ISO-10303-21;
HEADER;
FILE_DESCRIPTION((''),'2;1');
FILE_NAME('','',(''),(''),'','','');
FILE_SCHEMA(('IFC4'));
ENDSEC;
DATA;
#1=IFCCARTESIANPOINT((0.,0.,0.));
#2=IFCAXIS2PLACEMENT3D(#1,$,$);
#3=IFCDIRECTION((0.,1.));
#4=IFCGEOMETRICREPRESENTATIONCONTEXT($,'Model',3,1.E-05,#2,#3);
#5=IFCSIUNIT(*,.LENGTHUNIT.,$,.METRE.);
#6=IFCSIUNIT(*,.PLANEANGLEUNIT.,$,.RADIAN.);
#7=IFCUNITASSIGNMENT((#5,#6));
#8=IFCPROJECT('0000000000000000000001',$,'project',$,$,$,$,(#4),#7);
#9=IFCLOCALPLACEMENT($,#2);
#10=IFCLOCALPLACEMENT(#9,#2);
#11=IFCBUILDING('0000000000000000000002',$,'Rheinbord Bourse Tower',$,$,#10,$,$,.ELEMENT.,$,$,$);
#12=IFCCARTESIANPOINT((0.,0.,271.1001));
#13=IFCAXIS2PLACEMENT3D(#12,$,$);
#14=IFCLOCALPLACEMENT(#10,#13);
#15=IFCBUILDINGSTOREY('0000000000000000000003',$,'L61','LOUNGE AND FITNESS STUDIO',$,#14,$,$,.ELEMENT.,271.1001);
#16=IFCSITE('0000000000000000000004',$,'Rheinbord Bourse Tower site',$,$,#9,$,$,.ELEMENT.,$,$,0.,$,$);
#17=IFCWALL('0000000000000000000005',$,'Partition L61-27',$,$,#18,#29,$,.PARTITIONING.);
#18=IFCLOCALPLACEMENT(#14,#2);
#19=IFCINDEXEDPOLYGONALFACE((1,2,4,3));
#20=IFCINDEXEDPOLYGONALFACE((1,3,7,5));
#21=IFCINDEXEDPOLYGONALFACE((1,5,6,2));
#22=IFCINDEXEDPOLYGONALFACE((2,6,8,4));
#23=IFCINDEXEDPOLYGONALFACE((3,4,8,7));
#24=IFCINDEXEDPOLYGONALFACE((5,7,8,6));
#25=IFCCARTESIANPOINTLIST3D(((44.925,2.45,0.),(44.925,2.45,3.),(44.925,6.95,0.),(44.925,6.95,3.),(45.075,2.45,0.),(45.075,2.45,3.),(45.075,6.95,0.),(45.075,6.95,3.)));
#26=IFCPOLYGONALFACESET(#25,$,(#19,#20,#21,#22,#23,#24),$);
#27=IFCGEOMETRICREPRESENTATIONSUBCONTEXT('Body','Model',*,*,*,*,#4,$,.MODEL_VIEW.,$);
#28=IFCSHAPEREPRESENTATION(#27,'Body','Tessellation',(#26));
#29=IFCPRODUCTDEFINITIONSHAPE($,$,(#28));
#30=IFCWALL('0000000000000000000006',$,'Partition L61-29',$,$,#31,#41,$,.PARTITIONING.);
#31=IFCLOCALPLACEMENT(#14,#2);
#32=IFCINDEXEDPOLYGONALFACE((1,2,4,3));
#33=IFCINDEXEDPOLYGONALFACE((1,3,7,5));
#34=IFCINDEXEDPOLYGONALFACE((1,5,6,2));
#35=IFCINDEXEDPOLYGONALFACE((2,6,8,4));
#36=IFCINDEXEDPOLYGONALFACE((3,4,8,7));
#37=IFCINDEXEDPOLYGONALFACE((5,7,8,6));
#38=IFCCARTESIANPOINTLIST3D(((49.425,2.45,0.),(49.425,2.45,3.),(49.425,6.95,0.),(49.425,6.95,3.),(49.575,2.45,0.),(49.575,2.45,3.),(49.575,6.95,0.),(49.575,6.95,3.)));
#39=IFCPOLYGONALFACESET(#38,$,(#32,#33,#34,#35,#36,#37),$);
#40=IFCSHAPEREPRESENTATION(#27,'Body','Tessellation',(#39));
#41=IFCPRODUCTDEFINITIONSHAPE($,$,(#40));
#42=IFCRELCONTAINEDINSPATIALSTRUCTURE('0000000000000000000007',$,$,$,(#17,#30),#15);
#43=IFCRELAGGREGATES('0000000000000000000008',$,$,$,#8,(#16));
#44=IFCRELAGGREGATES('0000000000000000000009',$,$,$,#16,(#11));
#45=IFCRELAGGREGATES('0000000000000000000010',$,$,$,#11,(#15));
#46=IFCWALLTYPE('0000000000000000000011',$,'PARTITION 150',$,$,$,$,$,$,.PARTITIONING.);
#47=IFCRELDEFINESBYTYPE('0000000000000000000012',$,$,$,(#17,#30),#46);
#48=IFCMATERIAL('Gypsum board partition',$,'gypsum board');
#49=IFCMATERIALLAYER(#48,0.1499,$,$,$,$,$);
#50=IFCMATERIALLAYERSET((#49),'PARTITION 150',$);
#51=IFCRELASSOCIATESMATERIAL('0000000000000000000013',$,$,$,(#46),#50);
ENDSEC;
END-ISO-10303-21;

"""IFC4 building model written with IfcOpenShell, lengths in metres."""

from ifc_helpers import new_model, si_unit, direction, frame, frame_2d, origin, place, context, subcontext, project, spatial, rectangle, extrude, material, layer, layer_set, type_object, element, save


model = new_model("IFC4")

# Units and contexts
model_context = context("Model", 3, precision=1e-05, world=origin(), true_north=direction((0.0, 1.0)))
body_context = subcontext(model_context, "Body", "Model", "MODEL_VIEW")
ifc_project = project(units=[si_unit("LENGTHUNIT", "METRE"), si_unit("PLANEANGLEUNIT", "RADIAN")], contexts=[model_context])

# Site, building, storey
site_placement = place(None, origin())
site = spatial("IfcSite", under=ifc_project, at=site_placement, Name="Rheinbord Bourse Tower site", CompositionType="ELEMENT", RefElevation=0.0)
building_placement = place(site_placement, origin())
building = spatial("IfcBuilding", under=site, at=building_placement, Name="Rheinbord Bourse Tower", CompositionType="ELEMENT")
storey_placement = place(building_placement, frame((0.0, 0.0, 271.1001)))
storey = spatial("IfcBuildingStorey", under=building, at=storey_placement, Name="L61", Description="LOUNGE AND FITNESS STUDIO", CompositionType="ELEMENT", Elevation=271.1001)

# Walls
ifc_material_1 = material(Name="Gypsum board partition", Category="gypsum board")
ifc_layer_1 = layer(ifc_material_1, 0.1499)
ifc_layer_set_1 = layer_set([ifc_layer_1], Name="PARTITION 150")
wall_type_1 = type_object("IfcWallType", Name="PARTITION 150", PredefinedType="PARTITIONING", material=ifc_layer_set_1)
for number, where, z_axis, x_axis, name in (
    (1, (45.0, 2.45, 0.0), (0.0, 0.0, 1.0), (0.0, 1.0, 0.0), "Partition L61-27"),
    (2, (49.5, 2.45, 0.0), (0.0, 0.0, 1.0), (0.0, 1.0, 0.0), "Partition L61-29"),
):
    element("IfcWall", number, at=place(storey_placement, frame(where, z_axis=z_axis, x_axis=x_axis)), inside=storey, type_object=wall_type_1, Name=name, PredefinedType="PARTITIONING", context=body_context, shape_type="SweptSolid", body=[
        extrude(rectangle(XDim=4.5, YDim=0.1499, at=frame_2d((2.25, 0.0))), origin(), (0.0, 0.0, 1.0), 3.0),
    ])

save(model, "model.ifc")
